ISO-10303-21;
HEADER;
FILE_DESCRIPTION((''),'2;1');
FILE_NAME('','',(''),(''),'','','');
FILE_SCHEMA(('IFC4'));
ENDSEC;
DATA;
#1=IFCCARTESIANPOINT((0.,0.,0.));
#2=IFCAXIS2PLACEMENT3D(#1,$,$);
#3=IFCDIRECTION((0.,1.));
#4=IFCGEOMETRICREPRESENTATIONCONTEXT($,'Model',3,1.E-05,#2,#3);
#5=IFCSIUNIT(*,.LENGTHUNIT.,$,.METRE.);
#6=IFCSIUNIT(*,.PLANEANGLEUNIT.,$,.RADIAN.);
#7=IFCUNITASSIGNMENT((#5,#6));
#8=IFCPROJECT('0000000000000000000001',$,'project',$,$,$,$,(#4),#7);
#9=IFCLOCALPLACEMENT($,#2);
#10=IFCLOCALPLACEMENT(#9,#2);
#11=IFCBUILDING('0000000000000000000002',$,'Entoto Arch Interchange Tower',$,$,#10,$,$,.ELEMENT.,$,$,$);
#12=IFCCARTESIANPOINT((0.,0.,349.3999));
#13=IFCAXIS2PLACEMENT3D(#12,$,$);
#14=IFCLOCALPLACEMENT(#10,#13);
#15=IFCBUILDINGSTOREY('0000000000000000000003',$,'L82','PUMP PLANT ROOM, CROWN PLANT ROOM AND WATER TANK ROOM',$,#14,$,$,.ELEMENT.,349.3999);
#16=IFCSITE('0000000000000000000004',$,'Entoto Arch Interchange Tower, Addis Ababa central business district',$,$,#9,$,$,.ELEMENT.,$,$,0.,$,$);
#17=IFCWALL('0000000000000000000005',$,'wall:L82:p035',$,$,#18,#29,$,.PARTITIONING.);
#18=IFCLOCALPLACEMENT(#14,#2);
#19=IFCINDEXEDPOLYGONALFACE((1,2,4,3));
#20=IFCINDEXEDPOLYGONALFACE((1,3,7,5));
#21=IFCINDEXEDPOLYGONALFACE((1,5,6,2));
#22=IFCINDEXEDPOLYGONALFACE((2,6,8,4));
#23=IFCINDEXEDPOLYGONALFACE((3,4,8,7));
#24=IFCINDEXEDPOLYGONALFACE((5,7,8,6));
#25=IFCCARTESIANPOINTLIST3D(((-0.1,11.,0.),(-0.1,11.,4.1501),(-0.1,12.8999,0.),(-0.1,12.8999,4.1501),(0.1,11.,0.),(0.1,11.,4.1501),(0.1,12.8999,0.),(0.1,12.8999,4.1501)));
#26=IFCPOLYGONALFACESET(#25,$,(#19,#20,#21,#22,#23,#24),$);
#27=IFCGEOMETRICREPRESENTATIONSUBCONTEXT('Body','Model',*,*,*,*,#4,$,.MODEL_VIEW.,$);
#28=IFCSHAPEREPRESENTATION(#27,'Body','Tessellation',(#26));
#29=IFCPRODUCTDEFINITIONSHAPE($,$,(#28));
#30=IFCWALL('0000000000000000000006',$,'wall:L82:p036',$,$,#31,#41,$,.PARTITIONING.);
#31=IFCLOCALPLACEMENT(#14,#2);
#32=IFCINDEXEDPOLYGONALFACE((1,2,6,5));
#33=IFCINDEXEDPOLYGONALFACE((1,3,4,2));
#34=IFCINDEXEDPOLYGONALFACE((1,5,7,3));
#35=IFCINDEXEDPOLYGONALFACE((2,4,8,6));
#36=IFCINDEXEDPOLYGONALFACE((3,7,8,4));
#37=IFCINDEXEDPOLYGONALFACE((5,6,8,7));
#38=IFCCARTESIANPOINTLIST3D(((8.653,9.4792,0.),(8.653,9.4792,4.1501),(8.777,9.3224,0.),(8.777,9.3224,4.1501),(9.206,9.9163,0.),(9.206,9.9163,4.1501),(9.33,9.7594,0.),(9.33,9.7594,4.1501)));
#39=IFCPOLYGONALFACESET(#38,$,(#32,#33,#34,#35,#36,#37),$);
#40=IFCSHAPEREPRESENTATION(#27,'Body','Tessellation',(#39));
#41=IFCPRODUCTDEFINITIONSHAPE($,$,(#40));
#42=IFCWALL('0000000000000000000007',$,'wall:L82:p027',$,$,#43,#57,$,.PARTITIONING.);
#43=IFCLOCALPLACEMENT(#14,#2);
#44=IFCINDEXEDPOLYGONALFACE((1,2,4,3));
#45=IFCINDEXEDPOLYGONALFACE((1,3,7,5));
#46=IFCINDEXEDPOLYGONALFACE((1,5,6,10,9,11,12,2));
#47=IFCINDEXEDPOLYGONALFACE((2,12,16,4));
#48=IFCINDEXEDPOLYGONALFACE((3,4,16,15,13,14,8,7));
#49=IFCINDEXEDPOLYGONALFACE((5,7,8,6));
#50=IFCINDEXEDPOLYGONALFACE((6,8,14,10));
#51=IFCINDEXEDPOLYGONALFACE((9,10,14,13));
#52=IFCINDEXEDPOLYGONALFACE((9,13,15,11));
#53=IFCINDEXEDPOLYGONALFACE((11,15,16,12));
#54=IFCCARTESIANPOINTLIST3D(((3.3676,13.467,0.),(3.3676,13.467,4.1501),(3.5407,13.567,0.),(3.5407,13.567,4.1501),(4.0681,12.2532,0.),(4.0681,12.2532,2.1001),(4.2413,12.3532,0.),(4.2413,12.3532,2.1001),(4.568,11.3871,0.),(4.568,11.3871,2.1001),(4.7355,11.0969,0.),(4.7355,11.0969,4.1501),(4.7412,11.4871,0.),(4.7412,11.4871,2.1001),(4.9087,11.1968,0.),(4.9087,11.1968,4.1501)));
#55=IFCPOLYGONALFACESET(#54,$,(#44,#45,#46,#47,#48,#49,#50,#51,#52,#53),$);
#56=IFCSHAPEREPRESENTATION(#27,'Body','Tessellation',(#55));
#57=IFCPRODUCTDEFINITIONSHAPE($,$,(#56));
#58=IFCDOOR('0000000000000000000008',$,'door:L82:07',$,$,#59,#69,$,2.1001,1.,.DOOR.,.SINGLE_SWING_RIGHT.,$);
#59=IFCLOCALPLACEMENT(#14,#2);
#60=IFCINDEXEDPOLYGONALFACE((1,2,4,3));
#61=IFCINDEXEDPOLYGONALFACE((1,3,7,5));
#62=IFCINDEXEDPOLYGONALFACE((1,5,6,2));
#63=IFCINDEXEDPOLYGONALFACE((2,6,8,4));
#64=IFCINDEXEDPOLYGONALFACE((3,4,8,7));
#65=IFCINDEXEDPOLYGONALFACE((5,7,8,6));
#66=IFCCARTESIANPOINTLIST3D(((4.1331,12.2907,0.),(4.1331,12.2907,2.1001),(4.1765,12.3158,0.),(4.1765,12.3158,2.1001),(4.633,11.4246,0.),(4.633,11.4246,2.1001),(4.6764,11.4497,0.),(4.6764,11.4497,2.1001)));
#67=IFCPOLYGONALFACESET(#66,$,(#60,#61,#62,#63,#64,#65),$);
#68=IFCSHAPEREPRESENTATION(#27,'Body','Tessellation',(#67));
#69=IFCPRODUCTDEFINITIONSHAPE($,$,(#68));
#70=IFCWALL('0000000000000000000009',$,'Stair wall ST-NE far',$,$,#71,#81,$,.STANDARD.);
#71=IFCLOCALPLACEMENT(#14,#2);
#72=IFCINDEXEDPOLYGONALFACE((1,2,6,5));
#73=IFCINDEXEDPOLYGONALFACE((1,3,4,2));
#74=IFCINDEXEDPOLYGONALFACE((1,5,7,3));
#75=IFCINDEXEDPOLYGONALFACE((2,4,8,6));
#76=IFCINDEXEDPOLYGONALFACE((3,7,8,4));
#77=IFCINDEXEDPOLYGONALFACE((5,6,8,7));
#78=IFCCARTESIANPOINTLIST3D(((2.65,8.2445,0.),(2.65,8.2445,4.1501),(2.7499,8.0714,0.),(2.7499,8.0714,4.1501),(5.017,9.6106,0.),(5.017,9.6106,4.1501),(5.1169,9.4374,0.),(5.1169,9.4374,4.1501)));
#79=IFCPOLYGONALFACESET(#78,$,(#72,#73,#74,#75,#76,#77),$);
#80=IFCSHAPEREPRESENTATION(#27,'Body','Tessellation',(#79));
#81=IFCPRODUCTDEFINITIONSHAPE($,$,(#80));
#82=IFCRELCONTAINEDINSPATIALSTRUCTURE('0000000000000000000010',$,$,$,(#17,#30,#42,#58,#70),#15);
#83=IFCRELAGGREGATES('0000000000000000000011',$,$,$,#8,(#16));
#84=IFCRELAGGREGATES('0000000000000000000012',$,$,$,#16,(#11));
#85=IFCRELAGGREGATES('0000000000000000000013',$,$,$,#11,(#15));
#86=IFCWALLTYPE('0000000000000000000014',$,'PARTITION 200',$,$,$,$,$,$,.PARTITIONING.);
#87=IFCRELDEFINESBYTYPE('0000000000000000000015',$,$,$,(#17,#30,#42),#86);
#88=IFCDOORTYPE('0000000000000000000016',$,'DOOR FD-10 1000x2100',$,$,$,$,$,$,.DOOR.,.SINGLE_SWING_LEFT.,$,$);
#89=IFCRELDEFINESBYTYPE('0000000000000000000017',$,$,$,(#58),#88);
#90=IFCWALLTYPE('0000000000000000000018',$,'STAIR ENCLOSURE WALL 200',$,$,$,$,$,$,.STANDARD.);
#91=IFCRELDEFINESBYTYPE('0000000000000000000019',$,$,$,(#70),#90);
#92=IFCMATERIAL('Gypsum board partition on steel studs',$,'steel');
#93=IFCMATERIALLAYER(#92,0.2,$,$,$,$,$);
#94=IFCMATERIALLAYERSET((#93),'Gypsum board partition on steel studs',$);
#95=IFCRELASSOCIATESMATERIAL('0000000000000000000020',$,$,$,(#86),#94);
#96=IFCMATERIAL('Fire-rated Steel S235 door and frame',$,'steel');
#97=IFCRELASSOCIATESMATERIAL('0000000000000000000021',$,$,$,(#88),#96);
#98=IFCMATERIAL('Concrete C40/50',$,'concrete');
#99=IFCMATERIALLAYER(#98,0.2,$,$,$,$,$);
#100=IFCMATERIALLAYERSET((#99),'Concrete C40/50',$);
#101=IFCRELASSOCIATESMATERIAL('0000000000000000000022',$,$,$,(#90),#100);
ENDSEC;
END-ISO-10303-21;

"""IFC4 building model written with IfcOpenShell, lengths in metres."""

from ifc_helpers import new_model, si_unit, direction, frame, frame_2d, origin, place, context, subcontext, project, spatial, rectangle, extrude, material, layer, layer_set, type_object, element, fill, save


model = new_model("IFC4")

# Units and contexts
model_context = context("Model", 3, precision=1e-05, world=origin(), true_north=direction((0.0, 1.0)))
body_context = subcontext(model_context, "Body", "Model", "MODEL_VIEW")
ifc_project = project(units=[si_unit("LENGTHUNIT", "METRE"), si_unit("PLANEANGLEUNIT", "RADIAN")], contexts=[model_context])

# Site, building, storey
site_placement = place(None, origin())
site = spatial("IfcSite", under=ifc_project, at=site_placement, Name="Entoto Arch Interchange Tower, Addis Ababa central business district", CompositionType="ELEMENT", RefElevation=0.0)
building_placement = place(site_placement, origin())
building = spatial("IfcBuilding", under=site, at=building_placement, Name="Entoto Arch Interchange Tower", CompositionType="ELEMENT")
storey_placement = place(building_placement, frame((0.0, 0.0, 349.3999)))
storey = spatial("IfcBuildingStorey", under=building, at=storey_placement, Name="L82", Description="PUMP PLANT ROOM, CROWN PLANT ROOM AND WATER TANK ROOM", CompositionType="ELEMENT", Elevation=349.3999)

# Shared definitions
ifc_material_1 = material(Name="Concrete C40/50", Category="concrete")

# Shared definitions
ifc_material_2 = material(Name="Fire-rated Steel S235 door and frame", Category="steel")

# Shared definitions
ifc_material_3 = material(Name="Gypsum board partition on steel studs", Category="steel")
ifc_layer_1 = layer(ifc_material_3, 0.2)
ifc_layer_set_1 = layer_set([ifc_layer_1], Name="Gypsum board partition on steel studs")
wall_type_1 = type_object("IfcWallType", Name="PARTITION 200", PredefinedType="PARTITIONING", material=ifc_layer_set_1)
door_type_1 = type_object("IfcDoorType", Name="DOOR FD-10 1000x2100", OperationType="SINGLE_SWING_LEFT", PredefinedType="DOOR", material=ifc_material_2)

# Walls
wall_1_placement = place(storey_placement, frame((0.0, 11.0, 0.0), z_axis=(0.0, 0.0, 1.0), x_axis=(0.0, 1.0, 0.0)))
element("IfcWall", 1, at=wall_1_placement, inside=storey, type_object=wall_type_1, Name="wall:L82:p035", PredefinedType="PARTITIONING", context=body_context, shape_type="SweptSolid", body=[
    extrude(rectangle(XDim=1.8999, YDim=0.2, at=frame_2d((0.95, 0.0))), origin(), (0.0, 0.0, 1.0), 4.1501),
])
wall_2_placement = place(storey_placement, frame((9.2681, 9.8379, 0.0), z_axis=(0.0, 0.0, 1.0), x_axis=(-0.784572, -0.620037, 0.0)))
element("IfcWall", 2, at=wall_2_placement, inside=storey, type_object=wall_type_1, Name="wall:L82:p036", PredefinedType="PARTITIONING", context=body_context, shape_type="SweptSolid", body=[
    extrude(rectangle(XDim=0.7048, YDim=0.2, at=frame_2d((0.3525, 0.0))), origin(), (0.0, 0.0, 1.0), 4.1501),
])

# Wall, opening, door
wall_3_placement = place(storey_placement, frame((4.822, 11.147, 0.0), z_axis=(0.0, 0.0, 1.0), x_axis=(-0.499872, 0.866099, 0.0)))
wall_3 = element("IfcWall", 3, at=wall_3_placement, inside=storey, type_object=wall_type_1, Name="wall:L82:p027", PredefinedType="PARTITIONING", context=body_context, shape_type="SweptSolid", body=[
    extrude(rectangle(XDim=2.7366, YDim=0.2, at=frame_2d((1.3682, 0.0))), origin(), (0.0, 0.0, 1.0), 4.1501),
])
opening_1_placement = place(wall_3_placement, frame((0.335, 0.0, 0.0)))
opening_1 = element("IfcOpeningElement", 4, at=opening_1_placement, cuts=wall_3, PredefinedType="OPENING", context=body_context, shape_type="SweptSolid", body=[
    extrude(rectangle(XDim=1.0, YDim=2.1001, at=frame_2d((0.5, 1.05))), frame((0.0, 0.1099, 0.0), z_axis=(0.0, -1.0, 0.0), x_axis=(1.0, 0.0, 0.0)), (0.0, 0.0, 1.0), 0.22),
])
door_1_placement = place(opening_1_placement, origin())
door_1 = element("IfcDoor", 5, at=door_1_placement, inside=storey, type_object=door_type_1, Name="door:L82:07", OperationType="SINGLE_SWING_RIGHT", OverallHeight=2.1001, OverallWidth=1.0, PredefinedType="DOOR", context=body_context, shape_type="SweptSolid", body=[
    extrude(rectangle(XDim=1.0, YDim=2.1001, at=frame_2d((0.5, 1.05))), frame((0.0, 0.0249, 0.0), z_axis=(0.0, -1.0, 0.0), x_axis=(1.0, 0.0, 0.0)), (0.0, 0.0, 1.0), 0.05),
])
fill(opening_1, door_1)

# Wall
ifc_layer_2 = layer(ifc_material_1, 0.2)
ifc_layer_set_2 = layer_set([ifc_layer_2], Name="Concrete C40/50")
wall_type_2 = type_object("IfcWallType", Name="STAIR ENCLOSURE WALL 200", PredefinedType="STANDARD", material=ifc_layer_set_2)
wall_4_placement = place(storey_placement, frame((2.7, 8.158, 0.0), z_axis=(0.0, 0.0, 1.0), x_axis=(0.866119, 0.499838, 0.0)))
element("IfcWall", 6, at=wall_4_placement, inside=storey, type_object=wall_type_2, Name="Stair wall ST-NE far", PredefinedType="STANDARD", context=body_context, shape_type="SweptSolid", body=[
    extrude(rectangle(XDim=2.7329, YDim=0.2, at=frame_2d((1.3665, 0.0))), origin(), (0.0, 0.0, 1.0), 4.1501),
])

save(model, "model.ifc")
